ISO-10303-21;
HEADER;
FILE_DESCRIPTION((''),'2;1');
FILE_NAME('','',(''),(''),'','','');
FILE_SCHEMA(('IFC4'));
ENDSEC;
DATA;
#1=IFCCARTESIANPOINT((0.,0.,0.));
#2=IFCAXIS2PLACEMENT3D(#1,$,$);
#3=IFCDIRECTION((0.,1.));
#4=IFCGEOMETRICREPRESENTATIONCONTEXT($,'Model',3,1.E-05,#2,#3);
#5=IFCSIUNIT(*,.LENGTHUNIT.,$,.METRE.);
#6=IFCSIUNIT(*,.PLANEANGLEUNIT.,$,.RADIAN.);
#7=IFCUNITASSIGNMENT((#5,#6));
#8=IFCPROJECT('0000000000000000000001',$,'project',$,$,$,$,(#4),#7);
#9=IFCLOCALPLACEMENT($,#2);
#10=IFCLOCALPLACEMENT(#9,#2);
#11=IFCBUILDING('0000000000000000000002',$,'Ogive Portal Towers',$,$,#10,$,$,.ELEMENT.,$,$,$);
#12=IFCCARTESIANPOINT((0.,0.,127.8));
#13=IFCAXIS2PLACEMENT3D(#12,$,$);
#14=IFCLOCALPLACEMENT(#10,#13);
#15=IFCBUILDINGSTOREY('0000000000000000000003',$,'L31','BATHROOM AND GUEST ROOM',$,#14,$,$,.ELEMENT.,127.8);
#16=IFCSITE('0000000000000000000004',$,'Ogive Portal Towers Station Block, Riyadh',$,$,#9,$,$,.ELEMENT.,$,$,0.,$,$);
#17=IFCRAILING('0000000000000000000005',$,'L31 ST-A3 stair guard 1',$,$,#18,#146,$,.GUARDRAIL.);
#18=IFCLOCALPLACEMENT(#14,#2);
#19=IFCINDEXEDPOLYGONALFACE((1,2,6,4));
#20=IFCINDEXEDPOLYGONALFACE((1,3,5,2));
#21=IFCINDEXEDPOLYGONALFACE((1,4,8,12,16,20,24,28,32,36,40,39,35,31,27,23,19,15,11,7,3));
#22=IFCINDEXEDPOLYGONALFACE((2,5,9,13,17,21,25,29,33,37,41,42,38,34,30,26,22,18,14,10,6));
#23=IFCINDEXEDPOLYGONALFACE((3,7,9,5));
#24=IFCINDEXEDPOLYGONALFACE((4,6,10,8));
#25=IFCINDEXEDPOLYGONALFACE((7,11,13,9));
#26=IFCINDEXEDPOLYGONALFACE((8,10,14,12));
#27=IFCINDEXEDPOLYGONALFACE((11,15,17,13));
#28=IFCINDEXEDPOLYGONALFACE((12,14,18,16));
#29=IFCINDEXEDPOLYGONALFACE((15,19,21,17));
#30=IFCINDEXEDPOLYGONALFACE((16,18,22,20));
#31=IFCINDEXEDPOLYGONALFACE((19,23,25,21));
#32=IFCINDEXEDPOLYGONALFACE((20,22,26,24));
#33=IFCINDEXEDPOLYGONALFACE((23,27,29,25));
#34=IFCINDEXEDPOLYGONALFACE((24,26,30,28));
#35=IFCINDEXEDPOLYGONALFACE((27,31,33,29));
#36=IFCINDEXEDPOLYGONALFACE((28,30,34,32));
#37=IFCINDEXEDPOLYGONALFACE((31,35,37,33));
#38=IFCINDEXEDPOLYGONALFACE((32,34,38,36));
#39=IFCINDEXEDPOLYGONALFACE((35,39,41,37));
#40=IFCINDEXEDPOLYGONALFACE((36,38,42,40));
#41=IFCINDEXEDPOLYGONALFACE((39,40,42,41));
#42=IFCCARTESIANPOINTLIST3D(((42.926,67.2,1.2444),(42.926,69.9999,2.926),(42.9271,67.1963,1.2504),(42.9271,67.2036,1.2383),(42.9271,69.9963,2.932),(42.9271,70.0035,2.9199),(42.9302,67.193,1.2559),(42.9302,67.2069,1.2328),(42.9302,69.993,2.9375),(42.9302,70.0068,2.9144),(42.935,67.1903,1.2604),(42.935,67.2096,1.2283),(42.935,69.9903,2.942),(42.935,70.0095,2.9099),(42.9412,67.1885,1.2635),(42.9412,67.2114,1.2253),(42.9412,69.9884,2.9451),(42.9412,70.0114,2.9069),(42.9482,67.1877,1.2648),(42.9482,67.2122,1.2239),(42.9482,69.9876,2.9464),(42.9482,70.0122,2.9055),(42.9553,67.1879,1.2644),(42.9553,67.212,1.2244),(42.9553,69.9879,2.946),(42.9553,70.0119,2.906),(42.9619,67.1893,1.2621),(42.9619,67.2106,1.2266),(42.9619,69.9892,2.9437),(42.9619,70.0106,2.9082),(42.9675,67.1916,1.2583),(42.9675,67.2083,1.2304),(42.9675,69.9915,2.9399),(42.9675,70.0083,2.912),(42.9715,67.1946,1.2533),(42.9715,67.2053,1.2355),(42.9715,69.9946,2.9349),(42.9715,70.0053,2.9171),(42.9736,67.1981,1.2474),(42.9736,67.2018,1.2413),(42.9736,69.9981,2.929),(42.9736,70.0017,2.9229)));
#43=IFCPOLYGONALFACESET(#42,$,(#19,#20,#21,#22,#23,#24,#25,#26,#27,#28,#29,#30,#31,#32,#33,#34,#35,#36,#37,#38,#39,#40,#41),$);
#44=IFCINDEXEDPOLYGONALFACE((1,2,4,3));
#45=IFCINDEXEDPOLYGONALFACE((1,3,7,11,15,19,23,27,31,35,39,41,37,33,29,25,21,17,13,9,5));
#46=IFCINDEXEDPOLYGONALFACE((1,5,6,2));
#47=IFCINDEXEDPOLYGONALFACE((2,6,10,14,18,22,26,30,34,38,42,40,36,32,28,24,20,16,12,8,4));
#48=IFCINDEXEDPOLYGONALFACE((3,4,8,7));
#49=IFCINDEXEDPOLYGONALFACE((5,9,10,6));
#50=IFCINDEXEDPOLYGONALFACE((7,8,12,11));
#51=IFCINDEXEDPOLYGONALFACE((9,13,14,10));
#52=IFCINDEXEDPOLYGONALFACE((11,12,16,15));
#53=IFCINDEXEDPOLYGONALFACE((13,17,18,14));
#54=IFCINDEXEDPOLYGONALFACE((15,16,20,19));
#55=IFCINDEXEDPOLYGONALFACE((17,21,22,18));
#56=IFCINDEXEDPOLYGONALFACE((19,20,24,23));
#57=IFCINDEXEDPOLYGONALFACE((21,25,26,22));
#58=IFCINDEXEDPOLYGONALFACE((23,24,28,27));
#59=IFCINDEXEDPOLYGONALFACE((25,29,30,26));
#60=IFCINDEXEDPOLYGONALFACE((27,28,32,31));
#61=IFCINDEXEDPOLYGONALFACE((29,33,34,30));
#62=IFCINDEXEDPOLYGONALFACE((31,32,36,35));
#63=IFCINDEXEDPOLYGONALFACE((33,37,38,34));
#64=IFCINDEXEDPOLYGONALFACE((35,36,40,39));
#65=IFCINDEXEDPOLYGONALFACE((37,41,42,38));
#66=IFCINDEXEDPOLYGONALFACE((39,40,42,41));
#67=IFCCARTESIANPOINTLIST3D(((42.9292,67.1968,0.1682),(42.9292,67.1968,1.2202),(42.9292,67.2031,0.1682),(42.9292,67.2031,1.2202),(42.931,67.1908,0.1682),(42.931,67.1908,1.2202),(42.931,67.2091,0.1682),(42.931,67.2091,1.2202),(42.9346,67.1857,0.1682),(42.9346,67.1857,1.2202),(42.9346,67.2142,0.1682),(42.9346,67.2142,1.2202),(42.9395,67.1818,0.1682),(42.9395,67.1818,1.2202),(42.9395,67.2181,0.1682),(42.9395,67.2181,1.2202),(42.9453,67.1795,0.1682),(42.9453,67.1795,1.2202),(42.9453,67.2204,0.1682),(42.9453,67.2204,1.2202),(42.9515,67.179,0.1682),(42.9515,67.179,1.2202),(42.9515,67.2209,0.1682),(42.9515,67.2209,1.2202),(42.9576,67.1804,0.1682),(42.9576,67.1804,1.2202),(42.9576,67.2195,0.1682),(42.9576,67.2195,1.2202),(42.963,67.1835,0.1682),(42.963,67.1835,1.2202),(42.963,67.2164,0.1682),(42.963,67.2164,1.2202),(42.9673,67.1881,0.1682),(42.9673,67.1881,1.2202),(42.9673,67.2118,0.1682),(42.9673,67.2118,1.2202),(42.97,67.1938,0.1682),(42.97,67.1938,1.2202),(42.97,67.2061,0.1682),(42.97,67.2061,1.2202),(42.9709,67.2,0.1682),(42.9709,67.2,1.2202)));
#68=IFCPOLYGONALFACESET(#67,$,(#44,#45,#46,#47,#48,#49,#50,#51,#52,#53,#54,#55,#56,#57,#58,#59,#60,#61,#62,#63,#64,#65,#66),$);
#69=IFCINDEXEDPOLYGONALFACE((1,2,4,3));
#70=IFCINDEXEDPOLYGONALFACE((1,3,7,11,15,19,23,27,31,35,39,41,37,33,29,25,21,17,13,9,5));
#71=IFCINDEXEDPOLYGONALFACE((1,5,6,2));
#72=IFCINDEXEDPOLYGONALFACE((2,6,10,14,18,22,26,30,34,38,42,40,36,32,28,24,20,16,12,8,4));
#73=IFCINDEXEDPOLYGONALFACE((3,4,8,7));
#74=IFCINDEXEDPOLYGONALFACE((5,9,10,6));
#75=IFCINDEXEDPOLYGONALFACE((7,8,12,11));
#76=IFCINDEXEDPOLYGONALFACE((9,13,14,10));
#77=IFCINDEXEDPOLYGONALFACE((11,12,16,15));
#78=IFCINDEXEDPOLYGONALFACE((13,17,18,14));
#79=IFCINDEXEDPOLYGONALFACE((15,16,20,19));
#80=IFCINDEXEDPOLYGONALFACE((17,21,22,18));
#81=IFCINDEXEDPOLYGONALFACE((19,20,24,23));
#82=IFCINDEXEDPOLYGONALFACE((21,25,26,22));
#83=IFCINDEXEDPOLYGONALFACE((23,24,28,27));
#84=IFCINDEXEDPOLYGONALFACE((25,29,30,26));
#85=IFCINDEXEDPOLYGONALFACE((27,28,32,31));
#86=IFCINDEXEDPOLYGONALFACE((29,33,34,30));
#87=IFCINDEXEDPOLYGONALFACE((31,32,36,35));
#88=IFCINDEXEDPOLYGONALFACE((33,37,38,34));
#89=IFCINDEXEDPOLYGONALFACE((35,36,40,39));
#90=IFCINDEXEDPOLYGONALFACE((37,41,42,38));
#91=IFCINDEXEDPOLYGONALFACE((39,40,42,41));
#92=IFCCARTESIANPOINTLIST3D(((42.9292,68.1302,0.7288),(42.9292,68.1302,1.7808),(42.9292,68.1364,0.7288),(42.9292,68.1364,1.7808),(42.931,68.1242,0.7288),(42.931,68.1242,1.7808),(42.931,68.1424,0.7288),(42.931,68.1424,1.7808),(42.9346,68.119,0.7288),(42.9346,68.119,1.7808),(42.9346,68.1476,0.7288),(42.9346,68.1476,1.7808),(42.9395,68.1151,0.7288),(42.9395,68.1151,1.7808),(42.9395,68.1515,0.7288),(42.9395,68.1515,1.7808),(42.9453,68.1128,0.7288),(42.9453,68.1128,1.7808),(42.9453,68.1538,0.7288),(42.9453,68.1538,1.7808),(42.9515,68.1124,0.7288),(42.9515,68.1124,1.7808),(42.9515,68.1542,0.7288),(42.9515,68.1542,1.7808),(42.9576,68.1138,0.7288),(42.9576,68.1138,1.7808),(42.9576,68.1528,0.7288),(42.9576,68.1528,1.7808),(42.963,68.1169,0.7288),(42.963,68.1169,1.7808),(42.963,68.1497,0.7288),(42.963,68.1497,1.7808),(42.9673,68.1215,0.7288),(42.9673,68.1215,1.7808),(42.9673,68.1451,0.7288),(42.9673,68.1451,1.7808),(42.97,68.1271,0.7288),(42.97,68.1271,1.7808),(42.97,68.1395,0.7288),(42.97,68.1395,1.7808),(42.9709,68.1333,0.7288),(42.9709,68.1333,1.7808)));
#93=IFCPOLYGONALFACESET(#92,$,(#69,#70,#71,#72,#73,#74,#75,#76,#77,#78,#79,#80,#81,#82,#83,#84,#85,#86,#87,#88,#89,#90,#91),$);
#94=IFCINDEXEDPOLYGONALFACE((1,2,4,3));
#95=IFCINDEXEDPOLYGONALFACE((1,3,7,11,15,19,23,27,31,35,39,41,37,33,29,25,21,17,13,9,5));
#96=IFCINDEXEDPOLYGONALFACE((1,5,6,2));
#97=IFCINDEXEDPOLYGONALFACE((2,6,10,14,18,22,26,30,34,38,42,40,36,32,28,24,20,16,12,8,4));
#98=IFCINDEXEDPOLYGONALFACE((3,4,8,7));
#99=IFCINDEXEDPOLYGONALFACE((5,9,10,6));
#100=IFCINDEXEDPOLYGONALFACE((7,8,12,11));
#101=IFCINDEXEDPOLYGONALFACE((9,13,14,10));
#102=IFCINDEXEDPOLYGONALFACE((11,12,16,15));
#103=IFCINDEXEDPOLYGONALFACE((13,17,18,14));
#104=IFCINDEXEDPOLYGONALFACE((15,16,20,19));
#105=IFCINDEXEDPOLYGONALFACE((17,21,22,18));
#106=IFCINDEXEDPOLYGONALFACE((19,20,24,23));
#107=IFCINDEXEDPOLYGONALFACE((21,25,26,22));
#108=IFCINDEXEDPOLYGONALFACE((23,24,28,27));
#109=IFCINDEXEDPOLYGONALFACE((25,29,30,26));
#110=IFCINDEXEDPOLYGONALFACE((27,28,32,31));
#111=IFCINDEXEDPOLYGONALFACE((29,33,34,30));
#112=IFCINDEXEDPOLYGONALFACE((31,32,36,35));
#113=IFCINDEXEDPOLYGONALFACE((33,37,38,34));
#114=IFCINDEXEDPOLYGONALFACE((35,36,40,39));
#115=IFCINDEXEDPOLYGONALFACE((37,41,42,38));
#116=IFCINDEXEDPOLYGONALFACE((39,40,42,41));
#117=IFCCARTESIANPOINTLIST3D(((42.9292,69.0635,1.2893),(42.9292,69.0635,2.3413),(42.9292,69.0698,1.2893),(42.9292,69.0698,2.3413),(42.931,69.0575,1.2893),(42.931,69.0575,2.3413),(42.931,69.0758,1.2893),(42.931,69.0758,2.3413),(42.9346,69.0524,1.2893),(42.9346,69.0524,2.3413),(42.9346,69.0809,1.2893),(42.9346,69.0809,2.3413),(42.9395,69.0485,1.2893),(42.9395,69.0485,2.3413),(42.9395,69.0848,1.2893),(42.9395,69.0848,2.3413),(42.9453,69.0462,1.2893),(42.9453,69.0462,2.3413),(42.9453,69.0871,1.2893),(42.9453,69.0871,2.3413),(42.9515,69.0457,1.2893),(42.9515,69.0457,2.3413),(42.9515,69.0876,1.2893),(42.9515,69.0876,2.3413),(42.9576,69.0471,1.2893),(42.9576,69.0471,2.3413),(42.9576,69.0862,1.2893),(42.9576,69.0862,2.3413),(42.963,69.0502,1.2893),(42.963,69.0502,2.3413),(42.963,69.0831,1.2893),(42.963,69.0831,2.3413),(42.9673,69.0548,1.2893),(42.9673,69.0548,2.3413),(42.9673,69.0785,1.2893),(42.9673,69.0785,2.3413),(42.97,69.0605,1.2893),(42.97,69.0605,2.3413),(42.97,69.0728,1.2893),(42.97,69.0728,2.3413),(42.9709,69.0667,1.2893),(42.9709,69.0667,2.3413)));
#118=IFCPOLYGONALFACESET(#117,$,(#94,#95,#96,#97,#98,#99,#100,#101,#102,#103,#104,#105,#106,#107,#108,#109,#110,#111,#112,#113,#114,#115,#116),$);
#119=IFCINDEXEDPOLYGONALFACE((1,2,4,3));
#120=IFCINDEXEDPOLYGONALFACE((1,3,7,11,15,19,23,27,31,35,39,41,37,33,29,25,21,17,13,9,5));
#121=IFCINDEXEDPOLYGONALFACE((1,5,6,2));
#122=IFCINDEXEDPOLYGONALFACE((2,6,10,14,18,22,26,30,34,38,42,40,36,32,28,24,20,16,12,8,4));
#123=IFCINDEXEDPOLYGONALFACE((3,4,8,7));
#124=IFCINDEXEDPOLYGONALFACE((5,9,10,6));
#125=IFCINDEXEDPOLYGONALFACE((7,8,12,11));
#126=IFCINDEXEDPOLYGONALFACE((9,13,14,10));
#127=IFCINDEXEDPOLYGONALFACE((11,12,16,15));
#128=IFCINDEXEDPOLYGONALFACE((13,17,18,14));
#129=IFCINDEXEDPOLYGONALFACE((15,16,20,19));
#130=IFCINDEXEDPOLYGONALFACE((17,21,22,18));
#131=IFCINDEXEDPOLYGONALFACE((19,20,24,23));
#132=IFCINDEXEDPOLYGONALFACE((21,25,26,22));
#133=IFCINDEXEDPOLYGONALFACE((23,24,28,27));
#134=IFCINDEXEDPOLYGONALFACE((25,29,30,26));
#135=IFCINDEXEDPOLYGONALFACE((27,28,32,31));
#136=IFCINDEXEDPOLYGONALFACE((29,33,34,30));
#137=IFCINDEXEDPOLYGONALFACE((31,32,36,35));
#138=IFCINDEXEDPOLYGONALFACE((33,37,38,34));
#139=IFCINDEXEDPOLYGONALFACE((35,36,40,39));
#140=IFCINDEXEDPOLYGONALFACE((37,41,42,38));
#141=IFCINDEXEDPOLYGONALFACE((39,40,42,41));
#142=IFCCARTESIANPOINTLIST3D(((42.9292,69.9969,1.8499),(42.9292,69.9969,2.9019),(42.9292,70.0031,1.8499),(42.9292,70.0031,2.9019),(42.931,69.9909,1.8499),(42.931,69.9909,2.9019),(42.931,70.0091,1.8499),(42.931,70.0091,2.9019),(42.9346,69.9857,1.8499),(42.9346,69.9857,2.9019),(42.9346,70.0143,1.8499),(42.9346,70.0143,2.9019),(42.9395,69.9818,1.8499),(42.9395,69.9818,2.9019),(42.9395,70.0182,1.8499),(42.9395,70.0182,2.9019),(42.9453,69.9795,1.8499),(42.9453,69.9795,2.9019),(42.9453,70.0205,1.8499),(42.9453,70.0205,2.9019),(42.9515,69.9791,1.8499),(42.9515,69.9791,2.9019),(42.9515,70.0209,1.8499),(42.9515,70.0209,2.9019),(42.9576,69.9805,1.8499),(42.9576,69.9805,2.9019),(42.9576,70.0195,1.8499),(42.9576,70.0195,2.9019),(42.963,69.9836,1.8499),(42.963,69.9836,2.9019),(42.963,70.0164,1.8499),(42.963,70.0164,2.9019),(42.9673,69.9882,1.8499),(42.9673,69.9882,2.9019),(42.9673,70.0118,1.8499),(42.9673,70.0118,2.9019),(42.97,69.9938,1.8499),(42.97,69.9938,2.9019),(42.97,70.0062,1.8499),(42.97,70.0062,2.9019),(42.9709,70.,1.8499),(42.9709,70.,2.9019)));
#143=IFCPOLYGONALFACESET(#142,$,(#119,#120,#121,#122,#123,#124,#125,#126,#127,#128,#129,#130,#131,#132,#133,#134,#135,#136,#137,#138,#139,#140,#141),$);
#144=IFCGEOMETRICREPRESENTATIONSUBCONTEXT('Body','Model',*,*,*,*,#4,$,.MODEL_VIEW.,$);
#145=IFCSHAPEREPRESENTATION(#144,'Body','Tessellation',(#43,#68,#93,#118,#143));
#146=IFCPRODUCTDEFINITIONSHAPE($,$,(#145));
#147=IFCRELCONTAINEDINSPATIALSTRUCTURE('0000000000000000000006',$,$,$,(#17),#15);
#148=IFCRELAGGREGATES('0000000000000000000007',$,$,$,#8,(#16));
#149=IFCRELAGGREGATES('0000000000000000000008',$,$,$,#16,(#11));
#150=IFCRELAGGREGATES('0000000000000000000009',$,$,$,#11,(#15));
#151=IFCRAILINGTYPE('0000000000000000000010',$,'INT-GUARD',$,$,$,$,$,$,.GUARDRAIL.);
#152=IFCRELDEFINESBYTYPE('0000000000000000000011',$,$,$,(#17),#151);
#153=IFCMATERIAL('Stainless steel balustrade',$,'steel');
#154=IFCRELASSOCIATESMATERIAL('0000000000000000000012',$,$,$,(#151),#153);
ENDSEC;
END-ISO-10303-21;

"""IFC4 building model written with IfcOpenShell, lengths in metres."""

from ifc_helpers import new_model, si_unit, direction, frame, origin, origin_2d, place, context, subcontext, project, spatial, circle, extrude, material, type_object, element, save


model = new_model("IFC4")

# Units and contexts
model_context = context("Model", 3, precision=1e-05, world=origin(), true_north=direction((0.0, 1.0)))
body_context = subcontext(model_context, "Body", "Model", "MODEL_VIEW")
ifc_project = project(units=[si_unit("LENGTHUNIT", "METRE"), si_unit("PLANEANGLEUNIT", "RADIAN")], contexts=[model_context])

# Site, building, storey
site_placement = place(None, origin())
site = spatial("IfcSite", under=ifc_project, at=site_placement, Name="Ogive Portal Towers Station Block, Riyadh", CompositionType="ELEMENT", RefElevation=0.0)
building_placement = place(site_placement, origin())
building = spatial("IfcBuilding", under=site, at=building_placement, Name="Ogive Portal Towers", CompositionType="ELEMENT")
storey_placement = place(building_placement, frame((0.0, 0.0, 127.8)))
storey = spatial("IfcBuildingStorey", under=building, at=storey_placement, Name="L31", Description="BATHROOM AND GUEST ROOM", CompositionType="ELEMENT", Elevation=127.8)

# Railing
ifc_material_1 = material(Name="Stainless steel balustrade", Category="steel")
railing_type_1 = type_object("IfcRailingType", Name="INT-GUARD", PredefinedType="GUARDRAIL", material=ifc_material_1)
railing_1_placement = place(storey_placement, frame((42.95, 67.2, 0.1682)))
element("IfcRailing", 1, at=railing_1_placement, inside=storey, type_object=railing_type_1, Name="L31 ST-A3 stair guard 1", PredefinedType="GUARDRAIL", context=body_context, shape_type="SweptSolid", body=[
    extrude(circle(Radius=0.0239, at=origin_2d()), frame((0.0, 0.0, 1.0762), z_axis=(0.0, 0.857275, 0.514858), x_axis=(-1.0, 0.0, 0.0)), (0.0, 0.0, 1.0), 3.2661),
    extrude(circle(Radius=0.021, at=origin_2d()), origin(), (0.0, 0.0, 1.0), 1.052),
    extrude(circle(Radius=0.021, at=origin_2d()), frame((0.0, 0.9333, 0.5605)), (0.0, 0.0, 1.0), 1.052),
    extrude(circle(Radius=0.021, at=origin_2d()), frame((0.0, 1.8667, 1.1211)), (0.0, 0.0, 1.0), 1.052),
    extrude(circle(Radius=0.021, at=origin_2d()), frame((0.0, 2.8, 1.6816)), (0.0, 0.0, 1.0), 1.052),
])

save(model, "model.ifc")
